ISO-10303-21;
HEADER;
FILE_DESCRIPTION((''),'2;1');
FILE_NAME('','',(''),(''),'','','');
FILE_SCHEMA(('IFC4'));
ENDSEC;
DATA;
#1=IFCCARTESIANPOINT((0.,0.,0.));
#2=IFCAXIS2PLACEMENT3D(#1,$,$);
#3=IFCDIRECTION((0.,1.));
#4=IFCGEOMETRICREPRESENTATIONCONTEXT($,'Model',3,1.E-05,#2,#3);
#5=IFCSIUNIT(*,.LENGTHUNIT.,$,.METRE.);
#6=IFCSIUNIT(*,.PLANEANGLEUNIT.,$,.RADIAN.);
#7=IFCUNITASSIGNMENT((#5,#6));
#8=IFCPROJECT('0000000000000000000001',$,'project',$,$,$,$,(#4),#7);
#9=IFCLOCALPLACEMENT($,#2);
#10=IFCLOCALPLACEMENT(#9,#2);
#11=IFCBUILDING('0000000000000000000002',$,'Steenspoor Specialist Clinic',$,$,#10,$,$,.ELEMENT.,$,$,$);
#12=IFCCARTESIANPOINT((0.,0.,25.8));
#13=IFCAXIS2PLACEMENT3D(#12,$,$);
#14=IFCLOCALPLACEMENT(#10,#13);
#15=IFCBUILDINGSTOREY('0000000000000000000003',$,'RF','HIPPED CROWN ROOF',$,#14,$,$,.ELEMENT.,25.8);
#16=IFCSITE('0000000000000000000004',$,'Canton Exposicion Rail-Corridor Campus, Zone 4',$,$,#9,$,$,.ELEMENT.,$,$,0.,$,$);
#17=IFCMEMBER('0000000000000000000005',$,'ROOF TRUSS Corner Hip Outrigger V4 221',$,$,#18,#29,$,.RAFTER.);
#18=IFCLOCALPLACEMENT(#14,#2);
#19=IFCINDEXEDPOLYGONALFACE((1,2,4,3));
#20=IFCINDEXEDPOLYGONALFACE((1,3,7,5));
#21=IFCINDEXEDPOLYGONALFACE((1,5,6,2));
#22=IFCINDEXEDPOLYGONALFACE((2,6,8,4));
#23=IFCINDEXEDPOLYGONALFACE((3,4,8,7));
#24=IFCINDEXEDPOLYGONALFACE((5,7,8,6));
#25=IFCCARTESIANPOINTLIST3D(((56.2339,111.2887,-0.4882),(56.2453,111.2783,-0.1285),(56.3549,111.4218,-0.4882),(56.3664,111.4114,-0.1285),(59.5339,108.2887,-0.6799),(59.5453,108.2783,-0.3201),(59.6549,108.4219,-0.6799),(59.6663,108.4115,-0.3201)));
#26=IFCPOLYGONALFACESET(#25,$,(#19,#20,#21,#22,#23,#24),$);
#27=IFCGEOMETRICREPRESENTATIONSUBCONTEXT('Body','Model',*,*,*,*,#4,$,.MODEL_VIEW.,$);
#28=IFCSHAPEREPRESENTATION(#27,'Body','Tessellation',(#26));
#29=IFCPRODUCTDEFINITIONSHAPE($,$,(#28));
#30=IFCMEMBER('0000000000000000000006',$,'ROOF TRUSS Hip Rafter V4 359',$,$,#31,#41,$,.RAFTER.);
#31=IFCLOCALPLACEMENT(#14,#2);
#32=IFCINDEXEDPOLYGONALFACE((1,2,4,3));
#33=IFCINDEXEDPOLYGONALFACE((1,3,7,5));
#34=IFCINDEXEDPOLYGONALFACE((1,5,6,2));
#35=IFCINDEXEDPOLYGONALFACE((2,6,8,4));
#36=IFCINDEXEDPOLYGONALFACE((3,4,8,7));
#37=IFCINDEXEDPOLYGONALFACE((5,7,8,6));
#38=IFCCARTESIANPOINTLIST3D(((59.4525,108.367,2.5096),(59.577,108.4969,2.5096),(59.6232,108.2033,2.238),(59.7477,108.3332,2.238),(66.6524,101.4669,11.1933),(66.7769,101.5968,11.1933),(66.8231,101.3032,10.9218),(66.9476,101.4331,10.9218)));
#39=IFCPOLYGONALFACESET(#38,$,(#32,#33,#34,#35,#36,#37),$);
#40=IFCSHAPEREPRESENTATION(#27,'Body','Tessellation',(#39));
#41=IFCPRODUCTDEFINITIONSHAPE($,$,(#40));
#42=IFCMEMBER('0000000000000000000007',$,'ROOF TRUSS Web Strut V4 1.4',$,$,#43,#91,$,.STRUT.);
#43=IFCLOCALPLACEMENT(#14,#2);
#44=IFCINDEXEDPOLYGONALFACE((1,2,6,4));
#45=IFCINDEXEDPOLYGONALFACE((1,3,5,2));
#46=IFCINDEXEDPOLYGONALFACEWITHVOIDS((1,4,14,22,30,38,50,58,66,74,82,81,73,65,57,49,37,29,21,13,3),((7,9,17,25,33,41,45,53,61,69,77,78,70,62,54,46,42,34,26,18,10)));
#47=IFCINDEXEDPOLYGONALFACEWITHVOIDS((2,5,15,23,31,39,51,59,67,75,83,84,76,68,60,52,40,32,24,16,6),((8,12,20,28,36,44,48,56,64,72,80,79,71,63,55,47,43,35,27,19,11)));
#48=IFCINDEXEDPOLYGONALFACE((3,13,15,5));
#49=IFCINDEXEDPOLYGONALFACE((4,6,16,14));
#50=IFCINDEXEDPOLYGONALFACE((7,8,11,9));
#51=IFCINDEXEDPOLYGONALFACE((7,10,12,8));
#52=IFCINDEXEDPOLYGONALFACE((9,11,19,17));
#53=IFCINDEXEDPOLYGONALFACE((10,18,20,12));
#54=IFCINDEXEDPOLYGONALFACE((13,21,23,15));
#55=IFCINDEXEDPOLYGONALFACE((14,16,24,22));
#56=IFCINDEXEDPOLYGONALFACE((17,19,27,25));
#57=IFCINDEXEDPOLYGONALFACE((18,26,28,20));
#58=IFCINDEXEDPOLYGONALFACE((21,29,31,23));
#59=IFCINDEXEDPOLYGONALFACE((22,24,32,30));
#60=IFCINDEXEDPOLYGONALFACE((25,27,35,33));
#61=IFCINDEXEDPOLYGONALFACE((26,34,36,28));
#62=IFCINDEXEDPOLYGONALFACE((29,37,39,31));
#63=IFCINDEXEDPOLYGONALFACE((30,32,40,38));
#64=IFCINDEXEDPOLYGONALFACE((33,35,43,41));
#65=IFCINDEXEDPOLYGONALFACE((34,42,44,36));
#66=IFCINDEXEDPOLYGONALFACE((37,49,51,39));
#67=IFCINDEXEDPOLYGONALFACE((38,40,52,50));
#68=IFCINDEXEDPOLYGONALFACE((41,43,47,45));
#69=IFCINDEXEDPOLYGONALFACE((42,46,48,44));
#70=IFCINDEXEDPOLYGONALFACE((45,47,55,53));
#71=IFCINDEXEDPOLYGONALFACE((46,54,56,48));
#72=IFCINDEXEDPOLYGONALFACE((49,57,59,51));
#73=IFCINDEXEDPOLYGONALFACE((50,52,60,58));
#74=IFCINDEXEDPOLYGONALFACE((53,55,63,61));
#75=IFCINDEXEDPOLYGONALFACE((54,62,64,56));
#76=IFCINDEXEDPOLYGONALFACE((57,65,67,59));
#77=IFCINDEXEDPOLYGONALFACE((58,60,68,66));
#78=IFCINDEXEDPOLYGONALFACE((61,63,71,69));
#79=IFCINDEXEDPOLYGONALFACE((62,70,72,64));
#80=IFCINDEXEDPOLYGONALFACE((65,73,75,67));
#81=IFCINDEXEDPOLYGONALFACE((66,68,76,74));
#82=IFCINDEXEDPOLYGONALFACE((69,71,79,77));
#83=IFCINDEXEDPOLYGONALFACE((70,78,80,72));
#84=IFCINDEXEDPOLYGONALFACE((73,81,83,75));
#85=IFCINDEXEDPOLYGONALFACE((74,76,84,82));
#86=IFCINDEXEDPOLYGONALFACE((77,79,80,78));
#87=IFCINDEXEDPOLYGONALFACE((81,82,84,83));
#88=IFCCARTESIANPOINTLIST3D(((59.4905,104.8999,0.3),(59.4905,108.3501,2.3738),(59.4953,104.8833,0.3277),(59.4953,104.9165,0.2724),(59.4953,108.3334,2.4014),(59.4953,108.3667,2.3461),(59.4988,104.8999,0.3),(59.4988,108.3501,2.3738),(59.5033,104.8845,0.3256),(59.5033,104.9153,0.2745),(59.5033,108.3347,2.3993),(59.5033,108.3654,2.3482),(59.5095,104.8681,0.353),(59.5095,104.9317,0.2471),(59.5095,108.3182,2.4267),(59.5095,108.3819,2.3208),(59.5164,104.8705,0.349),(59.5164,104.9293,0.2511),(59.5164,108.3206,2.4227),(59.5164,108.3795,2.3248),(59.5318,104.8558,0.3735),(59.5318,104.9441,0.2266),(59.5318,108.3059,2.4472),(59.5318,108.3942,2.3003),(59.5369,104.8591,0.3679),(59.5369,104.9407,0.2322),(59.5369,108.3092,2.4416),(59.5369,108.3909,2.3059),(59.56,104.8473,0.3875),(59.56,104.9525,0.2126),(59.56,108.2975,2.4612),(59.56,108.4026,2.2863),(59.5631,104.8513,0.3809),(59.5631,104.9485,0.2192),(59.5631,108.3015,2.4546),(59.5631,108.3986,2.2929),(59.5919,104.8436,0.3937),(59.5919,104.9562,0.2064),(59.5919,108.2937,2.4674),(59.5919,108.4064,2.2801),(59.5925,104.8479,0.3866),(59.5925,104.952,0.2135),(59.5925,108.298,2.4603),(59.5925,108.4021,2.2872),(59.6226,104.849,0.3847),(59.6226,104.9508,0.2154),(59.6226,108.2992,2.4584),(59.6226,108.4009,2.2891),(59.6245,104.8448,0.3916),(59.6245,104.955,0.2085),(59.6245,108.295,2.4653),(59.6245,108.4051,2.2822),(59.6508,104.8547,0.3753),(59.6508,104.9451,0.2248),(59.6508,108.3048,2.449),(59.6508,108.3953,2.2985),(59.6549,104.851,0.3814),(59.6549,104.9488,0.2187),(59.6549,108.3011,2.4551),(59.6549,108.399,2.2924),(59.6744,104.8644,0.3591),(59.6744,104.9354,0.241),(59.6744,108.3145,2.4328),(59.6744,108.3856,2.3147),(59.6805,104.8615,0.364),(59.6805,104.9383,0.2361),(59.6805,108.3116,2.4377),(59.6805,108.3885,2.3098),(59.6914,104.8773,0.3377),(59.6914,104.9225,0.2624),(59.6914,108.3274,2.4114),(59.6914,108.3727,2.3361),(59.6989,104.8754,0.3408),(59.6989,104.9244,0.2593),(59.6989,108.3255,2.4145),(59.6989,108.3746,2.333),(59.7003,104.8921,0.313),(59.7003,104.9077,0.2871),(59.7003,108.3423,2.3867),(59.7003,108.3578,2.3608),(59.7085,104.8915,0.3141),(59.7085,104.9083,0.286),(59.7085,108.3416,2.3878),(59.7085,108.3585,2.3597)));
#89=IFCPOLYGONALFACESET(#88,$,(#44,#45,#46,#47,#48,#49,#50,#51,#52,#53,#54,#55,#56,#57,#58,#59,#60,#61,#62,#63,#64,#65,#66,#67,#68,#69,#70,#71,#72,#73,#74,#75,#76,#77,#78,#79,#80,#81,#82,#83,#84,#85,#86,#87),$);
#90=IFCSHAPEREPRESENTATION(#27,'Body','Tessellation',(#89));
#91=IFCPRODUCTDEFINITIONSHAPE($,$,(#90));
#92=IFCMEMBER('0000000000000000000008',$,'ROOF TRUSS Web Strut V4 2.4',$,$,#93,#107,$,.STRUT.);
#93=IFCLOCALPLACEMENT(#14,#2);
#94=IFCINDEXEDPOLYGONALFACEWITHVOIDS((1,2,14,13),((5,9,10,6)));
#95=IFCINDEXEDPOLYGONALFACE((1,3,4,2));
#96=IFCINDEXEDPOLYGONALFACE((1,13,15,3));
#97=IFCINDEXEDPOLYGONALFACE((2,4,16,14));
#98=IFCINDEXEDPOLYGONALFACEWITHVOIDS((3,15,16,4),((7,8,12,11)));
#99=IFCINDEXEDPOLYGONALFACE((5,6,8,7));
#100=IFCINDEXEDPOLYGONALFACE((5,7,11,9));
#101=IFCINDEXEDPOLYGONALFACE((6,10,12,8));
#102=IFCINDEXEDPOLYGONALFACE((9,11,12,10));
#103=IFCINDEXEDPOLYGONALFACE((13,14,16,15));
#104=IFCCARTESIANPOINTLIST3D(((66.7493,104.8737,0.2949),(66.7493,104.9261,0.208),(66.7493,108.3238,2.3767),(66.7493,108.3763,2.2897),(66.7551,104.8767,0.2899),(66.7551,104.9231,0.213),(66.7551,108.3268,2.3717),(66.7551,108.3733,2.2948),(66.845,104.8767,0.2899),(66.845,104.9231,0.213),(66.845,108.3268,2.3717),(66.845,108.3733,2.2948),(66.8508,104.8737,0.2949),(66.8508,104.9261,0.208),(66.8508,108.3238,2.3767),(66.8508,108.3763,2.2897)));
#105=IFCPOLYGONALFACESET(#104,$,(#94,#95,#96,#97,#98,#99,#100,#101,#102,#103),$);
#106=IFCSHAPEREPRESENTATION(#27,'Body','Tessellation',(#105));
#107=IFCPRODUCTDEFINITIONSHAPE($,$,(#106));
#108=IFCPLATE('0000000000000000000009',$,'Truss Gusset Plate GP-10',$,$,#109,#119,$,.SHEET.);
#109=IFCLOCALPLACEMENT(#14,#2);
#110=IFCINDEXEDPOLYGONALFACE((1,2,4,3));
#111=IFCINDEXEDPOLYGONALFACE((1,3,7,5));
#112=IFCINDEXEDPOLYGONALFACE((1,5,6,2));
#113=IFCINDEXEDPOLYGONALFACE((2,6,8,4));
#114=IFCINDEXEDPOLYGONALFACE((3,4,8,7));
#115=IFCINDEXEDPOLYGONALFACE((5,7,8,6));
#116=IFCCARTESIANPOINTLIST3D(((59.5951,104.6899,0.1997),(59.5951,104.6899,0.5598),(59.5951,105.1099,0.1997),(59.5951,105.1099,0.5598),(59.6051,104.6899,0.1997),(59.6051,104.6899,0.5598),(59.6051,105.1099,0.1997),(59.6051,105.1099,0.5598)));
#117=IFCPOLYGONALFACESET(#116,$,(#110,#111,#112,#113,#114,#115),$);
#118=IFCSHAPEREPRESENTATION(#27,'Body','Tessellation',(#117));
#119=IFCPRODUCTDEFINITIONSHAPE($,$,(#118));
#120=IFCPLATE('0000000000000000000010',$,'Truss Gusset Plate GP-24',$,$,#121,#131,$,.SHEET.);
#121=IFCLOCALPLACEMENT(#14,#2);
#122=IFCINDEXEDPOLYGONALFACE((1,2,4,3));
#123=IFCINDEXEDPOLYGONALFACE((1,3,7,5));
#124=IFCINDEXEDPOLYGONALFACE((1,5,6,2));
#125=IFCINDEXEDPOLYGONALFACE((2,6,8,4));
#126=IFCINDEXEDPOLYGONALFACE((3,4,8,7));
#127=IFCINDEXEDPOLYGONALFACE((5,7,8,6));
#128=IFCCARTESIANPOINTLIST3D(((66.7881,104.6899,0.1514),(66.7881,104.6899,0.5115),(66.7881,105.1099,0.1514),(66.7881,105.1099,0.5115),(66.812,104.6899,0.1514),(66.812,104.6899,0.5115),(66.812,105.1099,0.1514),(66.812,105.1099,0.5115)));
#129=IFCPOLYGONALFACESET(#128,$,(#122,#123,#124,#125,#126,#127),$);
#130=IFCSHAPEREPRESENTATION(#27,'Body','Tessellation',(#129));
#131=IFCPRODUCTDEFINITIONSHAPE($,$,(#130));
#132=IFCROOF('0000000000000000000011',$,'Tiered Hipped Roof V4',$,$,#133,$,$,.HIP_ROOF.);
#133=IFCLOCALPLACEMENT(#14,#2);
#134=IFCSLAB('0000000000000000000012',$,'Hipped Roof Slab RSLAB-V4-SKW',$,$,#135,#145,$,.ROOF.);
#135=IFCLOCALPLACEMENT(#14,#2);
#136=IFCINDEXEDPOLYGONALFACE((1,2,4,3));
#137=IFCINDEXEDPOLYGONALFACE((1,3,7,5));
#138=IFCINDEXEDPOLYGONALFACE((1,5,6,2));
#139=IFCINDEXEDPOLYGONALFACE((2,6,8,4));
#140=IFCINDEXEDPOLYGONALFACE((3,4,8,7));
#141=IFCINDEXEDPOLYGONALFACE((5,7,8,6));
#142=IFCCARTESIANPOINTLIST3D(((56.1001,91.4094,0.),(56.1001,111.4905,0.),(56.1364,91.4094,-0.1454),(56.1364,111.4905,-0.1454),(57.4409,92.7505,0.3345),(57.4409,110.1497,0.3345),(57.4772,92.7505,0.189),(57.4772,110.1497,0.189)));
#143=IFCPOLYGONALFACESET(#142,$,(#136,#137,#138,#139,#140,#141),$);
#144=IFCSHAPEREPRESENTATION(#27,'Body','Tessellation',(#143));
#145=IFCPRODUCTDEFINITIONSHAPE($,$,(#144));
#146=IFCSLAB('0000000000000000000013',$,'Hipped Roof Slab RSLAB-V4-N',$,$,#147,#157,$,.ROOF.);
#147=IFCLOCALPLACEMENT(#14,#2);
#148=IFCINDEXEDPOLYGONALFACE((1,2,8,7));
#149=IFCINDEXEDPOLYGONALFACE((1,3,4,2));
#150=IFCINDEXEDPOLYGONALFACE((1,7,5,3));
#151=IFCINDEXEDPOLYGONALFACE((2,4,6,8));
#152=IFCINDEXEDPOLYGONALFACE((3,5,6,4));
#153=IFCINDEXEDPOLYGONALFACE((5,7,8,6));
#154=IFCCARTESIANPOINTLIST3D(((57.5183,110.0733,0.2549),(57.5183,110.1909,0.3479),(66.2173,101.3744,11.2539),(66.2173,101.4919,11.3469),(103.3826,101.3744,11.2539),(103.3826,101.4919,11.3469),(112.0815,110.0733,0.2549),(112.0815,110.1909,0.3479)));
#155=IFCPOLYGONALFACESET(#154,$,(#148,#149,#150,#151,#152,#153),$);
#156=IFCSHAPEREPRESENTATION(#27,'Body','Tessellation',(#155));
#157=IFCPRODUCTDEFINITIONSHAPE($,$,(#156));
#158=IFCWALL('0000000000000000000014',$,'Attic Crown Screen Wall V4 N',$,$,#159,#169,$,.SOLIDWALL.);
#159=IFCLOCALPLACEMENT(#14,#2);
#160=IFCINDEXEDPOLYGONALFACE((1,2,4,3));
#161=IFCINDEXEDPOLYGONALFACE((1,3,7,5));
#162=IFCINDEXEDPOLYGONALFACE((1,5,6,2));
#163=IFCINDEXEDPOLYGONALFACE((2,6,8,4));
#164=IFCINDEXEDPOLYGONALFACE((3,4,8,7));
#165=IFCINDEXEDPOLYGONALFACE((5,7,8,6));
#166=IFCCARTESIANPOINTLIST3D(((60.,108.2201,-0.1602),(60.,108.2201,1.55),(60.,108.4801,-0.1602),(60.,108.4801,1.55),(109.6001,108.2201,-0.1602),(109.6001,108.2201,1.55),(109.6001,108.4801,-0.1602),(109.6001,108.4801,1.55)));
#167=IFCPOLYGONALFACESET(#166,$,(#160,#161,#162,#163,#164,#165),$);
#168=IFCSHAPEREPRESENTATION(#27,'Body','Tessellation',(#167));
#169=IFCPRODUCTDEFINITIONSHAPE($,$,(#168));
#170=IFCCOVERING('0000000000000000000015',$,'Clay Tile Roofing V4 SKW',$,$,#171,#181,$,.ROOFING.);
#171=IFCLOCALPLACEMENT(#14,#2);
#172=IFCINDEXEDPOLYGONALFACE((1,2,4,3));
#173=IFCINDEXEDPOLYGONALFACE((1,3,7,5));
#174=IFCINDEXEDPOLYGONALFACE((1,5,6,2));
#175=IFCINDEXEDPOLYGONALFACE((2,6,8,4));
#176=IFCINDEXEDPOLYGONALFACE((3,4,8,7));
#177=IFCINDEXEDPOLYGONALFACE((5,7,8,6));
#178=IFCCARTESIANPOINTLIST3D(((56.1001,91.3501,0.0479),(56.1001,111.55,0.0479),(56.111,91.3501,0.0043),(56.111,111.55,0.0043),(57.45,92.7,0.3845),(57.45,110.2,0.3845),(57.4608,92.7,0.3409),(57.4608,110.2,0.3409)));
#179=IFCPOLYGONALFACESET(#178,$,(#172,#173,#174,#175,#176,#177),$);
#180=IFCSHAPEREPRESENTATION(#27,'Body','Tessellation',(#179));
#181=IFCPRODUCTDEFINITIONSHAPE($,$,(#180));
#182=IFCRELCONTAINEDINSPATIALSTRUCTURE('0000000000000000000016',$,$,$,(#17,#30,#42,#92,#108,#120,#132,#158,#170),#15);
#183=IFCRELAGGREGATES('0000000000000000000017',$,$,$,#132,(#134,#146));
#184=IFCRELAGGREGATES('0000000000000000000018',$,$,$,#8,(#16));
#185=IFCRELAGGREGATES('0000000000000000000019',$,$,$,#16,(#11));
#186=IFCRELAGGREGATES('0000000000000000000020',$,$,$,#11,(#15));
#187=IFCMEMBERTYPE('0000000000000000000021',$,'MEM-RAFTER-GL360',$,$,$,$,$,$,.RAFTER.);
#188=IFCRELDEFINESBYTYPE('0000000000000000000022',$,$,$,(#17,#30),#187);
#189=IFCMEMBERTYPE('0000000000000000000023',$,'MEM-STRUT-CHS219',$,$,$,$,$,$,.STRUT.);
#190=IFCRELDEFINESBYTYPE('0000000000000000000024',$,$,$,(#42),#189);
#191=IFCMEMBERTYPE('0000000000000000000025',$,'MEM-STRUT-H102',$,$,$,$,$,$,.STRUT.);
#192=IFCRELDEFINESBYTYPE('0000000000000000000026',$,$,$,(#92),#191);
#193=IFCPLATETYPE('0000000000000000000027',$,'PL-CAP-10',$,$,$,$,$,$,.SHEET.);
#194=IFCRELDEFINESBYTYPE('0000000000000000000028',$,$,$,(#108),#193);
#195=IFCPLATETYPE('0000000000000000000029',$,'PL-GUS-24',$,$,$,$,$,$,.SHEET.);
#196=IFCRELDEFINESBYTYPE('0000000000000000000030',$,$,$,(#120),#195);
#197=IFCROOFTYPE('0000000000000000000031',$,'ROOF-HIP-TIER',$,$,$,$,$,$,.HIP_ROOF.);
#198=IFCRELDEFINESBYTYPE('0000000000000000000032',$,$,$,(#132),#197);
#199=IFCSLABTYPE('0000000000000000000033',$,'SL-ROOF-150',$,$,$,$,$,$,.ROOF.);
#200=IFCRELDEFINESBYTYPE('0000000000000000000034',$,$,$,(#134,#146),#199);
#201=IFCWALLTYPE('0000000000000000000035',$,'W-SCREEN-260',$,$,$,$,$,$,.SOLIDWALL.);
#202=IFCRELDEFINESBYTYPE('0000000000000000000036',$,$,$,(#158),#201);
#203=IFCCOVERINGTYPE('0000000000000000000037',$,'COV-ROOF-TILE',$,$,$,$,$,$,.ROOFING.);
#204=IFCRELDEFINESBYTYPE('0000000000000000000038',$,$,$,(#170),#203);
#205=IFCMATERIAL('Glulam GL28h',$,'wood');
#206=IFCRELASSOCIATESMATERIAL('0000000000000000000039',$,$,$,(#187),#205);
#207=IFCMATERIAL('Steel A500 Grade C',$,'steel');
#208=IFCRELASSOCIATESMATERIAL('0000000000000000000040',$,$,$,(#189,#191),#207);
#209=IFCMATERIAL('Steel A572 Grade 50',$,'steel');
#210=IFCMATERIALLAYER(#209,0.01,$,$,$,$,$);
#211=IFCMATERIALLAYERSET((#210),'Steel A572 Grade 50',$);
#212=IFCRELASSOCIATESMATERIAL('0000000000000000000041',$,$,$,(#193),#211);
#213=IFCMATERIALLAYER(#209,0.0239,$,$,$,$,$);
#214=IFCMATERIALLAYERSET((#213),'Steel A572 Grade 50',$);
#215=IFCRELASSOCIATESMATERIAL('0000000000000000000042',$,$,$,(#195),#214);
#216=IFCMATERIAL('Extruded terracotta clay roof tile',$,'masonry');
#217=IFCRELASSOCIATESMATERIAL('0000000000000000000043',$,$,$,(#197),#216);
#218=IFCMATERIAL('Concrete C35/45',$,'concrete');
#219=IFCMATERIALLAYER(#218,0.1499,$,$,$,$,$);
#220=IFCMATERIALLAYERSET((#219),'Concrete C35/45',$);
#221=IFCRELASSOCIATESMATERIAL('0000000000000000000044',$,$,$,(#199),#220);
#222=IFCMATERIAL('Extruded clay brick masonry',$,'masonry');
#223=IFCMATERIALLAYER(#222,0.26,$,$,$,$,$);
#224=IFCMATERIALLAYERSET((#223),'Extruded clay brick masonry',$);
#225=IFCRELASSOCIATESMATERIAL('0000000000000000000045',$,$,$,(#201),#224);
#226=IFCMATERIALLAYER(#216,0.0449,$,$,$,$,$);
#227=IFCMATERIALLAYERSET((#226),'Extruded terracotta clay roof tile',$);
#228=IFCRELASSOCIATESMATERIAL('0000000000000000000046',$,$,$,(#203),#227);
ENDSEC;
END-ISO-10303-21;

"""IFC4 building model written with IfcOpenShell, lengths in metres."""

from ifc_helpers import new_model, si_unit, direction, frame, frame_2d, origin, origin_2d, place, context, subcontext, project, spatial, polyline, rectangle, hollow_rectangle, hollow_circle, outline, extrude, material, layer, layer_set, material_profile, profile_set, type_object, element, aggregate, save


model = new_model("IFC4")

# Units and contexts
model_context = context("Model", 3, precision=1e-05, world=origin(), true_north=direction((0.0, 1.0)))
body_context = subcontext(model_context, "Body", "Model", "MODEL_VIEW")
ifc_project = project(units=[si_unit("LENGTHUNIT", "METRE"), si_unit("PLANEANGLEUNIT", "RADIAN")], contexts=[model_context])

# Site, building, storey
site_placement = place(None, origin())
site = spatial("IfcSite", under=ifc_project, at=site_placement, Name="Canton Exposicion Rail-Corridor Campus, Zone 4", CompositionType="ELEMENT", RefElevation=0.0)
building_placement = place(site_placement, origin())
building = spatial("IfcBuilding", under=site, at=building_placement, Name="Steenspoor Specialist Clinic", CompositionType="ELEMENT")
storey_placement = place(building_placement, frame((0.0, 0.0, 25.8)))
storey = spatial("IfcBuildingStorey", under=building, at=storey_placement, Name="RF", Description="HIPPED CROWN ROOF", CompositionType="ELEMENT", Elevation=25.8)

# Members
ifc_material_1 = material(Name="Steel A500 Grade C", Category="steel")
ifc_material_2 = material(Name="Glulam GL28h", Category="wood")
ifc_material_profile_1 = material_profile(ifc_material_2, rectangle(XDim=0.1799, YDim=0.3601, at=origin_2d()), Name="GL28H-180X360")
ifc_profile_set_1 = profile_set([ifc_material_profile_1], Name="Glulam GL28h")
member_type_1 = type_object("IfcMemberType", Name="MEM-RAFTER-GL360", PredefinedType="RAFTER", material=ifc_profile_set_1)
member_1_placement = place(storey_placement, frame((59.6001, 108.3501, -0.5), z_axis=(-0.739263, 0.672047, 0.042933), x_axis=(-0.672667, -0.739945, 0.0)))
element("IfcMember", 1, at=member_1_placement, inside=storey, type_object=member_type_1, Name="ROOF TRUSS Corner Hip Outrigger V4 221", PredefinedType="RAFTER", context=body_context, shape_type="SweptSolid", body=[
    extrude(rectangle(XDim=0.1799, YDim=0.3601, at=origin_2d()), origin(), (0.0, 0.0, 1.0), 4.4639),
])
member_2_placement = place(storey_placement, frame((59.6001, 108.3501, 2.3738), z_axis=(0.544482, -0.52181, 0.656699), x_axis=(0.691915, 0.721979, 0.0)))
element("IfcMember", 2, at=member_2_placement, inside=storey, type_object=member_type_1, Name="ROOF TRUSS Hip Rafter V4 359", PredefinedType="RAFTER", context=body_context, shape_type="SweptSolid", body=[
    extrude(rectangle(XDim=0.1799, YDim=0.3601, at=origin_2d()), origin(), (0.0, 0.0, 1.0), 13.2234),
])
ifc_material_profile_2 = material_profile(ifc_material_1, hollow_circle(Radius=0.1096, WallThickness=0.0083, at=origin_2d()), Name="CHS219X8.2")
ifc_profile_set_2 = profile_set([ifc_material_profile_2], Name="Steel A500 Grade C")
member_type_2 = type_object("IfcMemberType", Name="MEM-STRUT-CHS219", PredefinedType="STRUT", material=ifc_profile_set_2)
member_3_placement = place(storey_placement, frame((59.6001, 104.8999, 0.3), z_axis=(0.0, 0.857097, 0.515156), x_axis=(-1.0, 0.0, 0.0)))
element("IfcMember", 3, at=member_3_placement, inside=storey, type_object=member_type_2, Name="ROOF TRUSS Web Strut V4 1.4", PredefinedType="STRUT", context=body_context, shape_type="SweptSolid", body=[
    extrude(hollow_circle(Radius=0.1096, WallThickness=0.0083, at=origin_2d()), origin(), (0.0, 0.0, 1.0), 4.0254),
])
ifc_material_profile_3 = material_profile(ifc_material_1, hollow_rectangle(XDim=0.1016, YDim=0.1016, WallThickness=0.0059, at=origin_2d()), Name="HSS102X102X6.4")
ifc_profile_set_3 = profile_set([ifc_material_profile_3], Name="Steel A500 Grade C")
member_type_3 = type_object("IfcMemberType", Name="MEM-STRUT-H102", PredefinedType="STRUT", material=ifc_profile_set_3)
member_4_placement = place(storey_placement, frame((66.8, 104.8999, 0.2515), z_axis=(0.0, 0.856213, 0.516624), x_axis=(-1.0, 0.0, 0.0)))
element("IfcMember", 4, at=member_4_placement, inside=storey, type_object=member_type_3, Name="ROOF TRUSS Web Strut V4 2.4", PredefinedType="STRUT", context=body_context, shape_type="SweptSolid", body=[
    extrude(hollow_rectangle(XDim=0.1016, YDim=0.1016, WallThickness=0.0059, at=origin_2d()), origin(), (0.0, 0.0, 1.0), 4.0295),
])

# Plates
ifc_material_3 = material(Name="Steel A572 Grade 50", Category="steel")
ifc_layer_1 = layer(ifc_material_3, 0.01)
ifc_layer_set_1 = layer_set([ifc_layer_1], Name="Steel A572 Grade 50")
plate_type_1 = type_object("IfcPlateType", Name="PL-CAP-10", PredefinedType="SHEET", material=ifc_layer_set_1)
plate_1_placement = place(storey_placement, frame((59.6001, 104.8999, 0.1997), z_axis=(0.0, 0.0, 1.0), x_axis=(1.0, 0.0, 0.0)))
element("IfcPlate", 5, at=plate_1_placement, inside=storey, type_object=plate_type_1, Name="Truss Gusset Plate GP-10", PredefinedType="SHEET", context=body_context, shape_type="SweptSolid", body=[
    extrude(rectangle(XDim=0.01, YDim=0.4199, at=origin_2d()), origin(), (0.0, 0.0, 1.0), 0.3601),
])
ifc_layer_2 = layer(ifc_material_3, 0.0239)
ifc_layer_set_2 = layer_set([ifc_layer_2], Name="Steel A572 Grade 50")
plate_type_2 = type_object("IfcPlateType", Name="PL-GUS-24", PredefinedType="SHEET", material=ifc_layer_set_2)
plate_2_placement = place(storey_placement, frame((66.8, 104.8999, 0.1514), z_axis=(0.0, 0.0, 1.0), x_axis=(1.0, 0.0, 0.0)))
element("IfcPlate", 6, at=plate_2_placement, inside=storey, type_object=plate_type_2, Name="Truss Gusset Plate GP-24", PredefinedType="SHEET", context=body_context, shape_type="SweptSolid", body=[
    extrude(rectangle(XDim=0.0239, YDim=0.4199, at=origin_2d()), origin(), (0.0, 0.0, 1.0), 0.3601),
])

# Roof, slabs
ifc_material_4 = material(Name="Extruded terracotta clay roof tile", Category="masonry")
roof_type = type_object("IfcRoofType", Name="ROOF-HIP-TIER", PredefinedType="HIP_ROOF", material=ifc_material_4)
roof_placement = place(storey_placement, origin())
roof = element("IfcRoof", 7, at=roof_placement, inside=storey, type_object=roof_type, Name="Tiered Hipped Roof V4", PredefinedType="HIP_ROOF")
ifc_material_5 = material(Name="Concrete C35/45", Category="concrete")
ifc_layer_3 = layer(ifc_material_5, 0.1499)
ifc_layer_set_3 = layer_set([ifc_layer_3], Name="Concrete C35/45")
slab_type = type_object("IfcSlabType", Name="SL-ROOF-150", PredefinedType="ROOF", material=ifc_layer_set_3)
slab_1_placement = place(storey_placement, frame((57.4409, 110.1497, 0.3345), z_axis=(-0.242037, 0.0, 0.970267), x_axis=(-0.696357, 0.696357, -0.173709)))
slab_1 = element("IfcSlab", 8, at=slab_1_placement, type_object=slab_type, Name="Hipped Roof Slab RSLAB-V4-SKW", PredefinedType="ROOF", context=body_context, shape_type="SweptSolid", body=[
    extrude(outline(polyline([(0.0, 0.0), (1.9255, 0.0), (-12.0581, 14.4121), (-12.116, 12.4873), (0.0, 0.0)])), origin(), (0.0, 0.0, -1.0), 0.1499),
])
slab_2_placement = place(storey_placement, frame((57.5183, 110.1909, 0.3479), z_axis=(0.0, 0.784344, 0.620327), x_axis=(0.52714, -0.52714, 0.666518)))
slab_2 = element("IfcSlab", 9, at=slab_2_placement, type_object=slab_type, Name="Hipped Roof Slab RSLAB-V4-N", PredefinedType="ROOF", context=body_context, shape_type="SweptSolid", body=[
    extrude(outline(polyline([(0.0, 0.0), (16.5022, 0.0), (36.0935, 31.5823), (28.7625, 46.3667), (0.0, 0.0)])), origin(), (0.0, 0.0, -1.0), 0.1499),
])
aggregate(roof, [slab_1, slab_2])

# Wall
ifc_material_6 = material(Name="Extruded clay brick masonry", Category="masonry")
ifc_layer_4 = layer(ifc_material_6, 0.26)
ifc_layer_set_4 = layer_set([ifc_layer_4], Name="Extruded clay brick masonry")
wall_type = type_object("IfcWallType", Name="W-SCREEN-260", PredefinedType="SOLIDWALL", material=ifc_layer_set_4)
wall_placement = place(storey_placement, frame((60.0, 108.3501, -0.1602), z_axis=(0.0, 0.0, 1.0), x_axis=(1.0, 0.0, 0.0)))
element("IfcWall", 10, at=wall_placement, inside=storey, type_object=wall_type, Name="Attic Crown Screen Wall V4 N", PredefinedType="SOLIDWALL", context=body_context, shape_type="SweptSolid", body=[
    extrude(rectangle(XDim=49.6001, YDim=0.26, at=frame_2d((24.8, 0.0))), origin(), (0.0, 0.0, 1.0), 1.7102),
])

# Covering
ifc_layer_5 = layer(ifc_material_4, 0.0449)
ifc_layer_set_5 = layer_set([ifc_layer_5], Name="Extruded terracotta clay roof tile")
covering_type = type_object("IfcCoveringType", Name="COV-ROOF-TILE", PredefinedType="ROOFING", material=ifc_layer_set_5)
covering_1_placement = place(storey_placement, frame((56.1001, 111.55, 0.0479), z_axis=(-0.241999, 0.0, 0.970277), x_axis=(0.0, -1.0, 0.0)))
element("IfcCovering", 11, at=covering_1_placement, inside=storey, type_object=covering_type, Name="Clay Tile Roofing V4 SKW", PredefinedType="ROOFING", context=body_context, shape_type="SweptSolid", body=[
    extrude(outline(polyline([(0.0, 0.0), (20.2, 0.0), (18.8501, 1.3912), (1.3501, 1.3912), (0.0, 0.0)])), origin(), (0.0, 0.0, -1.0), 0.0449),
])

save(model, "model.ifc")
